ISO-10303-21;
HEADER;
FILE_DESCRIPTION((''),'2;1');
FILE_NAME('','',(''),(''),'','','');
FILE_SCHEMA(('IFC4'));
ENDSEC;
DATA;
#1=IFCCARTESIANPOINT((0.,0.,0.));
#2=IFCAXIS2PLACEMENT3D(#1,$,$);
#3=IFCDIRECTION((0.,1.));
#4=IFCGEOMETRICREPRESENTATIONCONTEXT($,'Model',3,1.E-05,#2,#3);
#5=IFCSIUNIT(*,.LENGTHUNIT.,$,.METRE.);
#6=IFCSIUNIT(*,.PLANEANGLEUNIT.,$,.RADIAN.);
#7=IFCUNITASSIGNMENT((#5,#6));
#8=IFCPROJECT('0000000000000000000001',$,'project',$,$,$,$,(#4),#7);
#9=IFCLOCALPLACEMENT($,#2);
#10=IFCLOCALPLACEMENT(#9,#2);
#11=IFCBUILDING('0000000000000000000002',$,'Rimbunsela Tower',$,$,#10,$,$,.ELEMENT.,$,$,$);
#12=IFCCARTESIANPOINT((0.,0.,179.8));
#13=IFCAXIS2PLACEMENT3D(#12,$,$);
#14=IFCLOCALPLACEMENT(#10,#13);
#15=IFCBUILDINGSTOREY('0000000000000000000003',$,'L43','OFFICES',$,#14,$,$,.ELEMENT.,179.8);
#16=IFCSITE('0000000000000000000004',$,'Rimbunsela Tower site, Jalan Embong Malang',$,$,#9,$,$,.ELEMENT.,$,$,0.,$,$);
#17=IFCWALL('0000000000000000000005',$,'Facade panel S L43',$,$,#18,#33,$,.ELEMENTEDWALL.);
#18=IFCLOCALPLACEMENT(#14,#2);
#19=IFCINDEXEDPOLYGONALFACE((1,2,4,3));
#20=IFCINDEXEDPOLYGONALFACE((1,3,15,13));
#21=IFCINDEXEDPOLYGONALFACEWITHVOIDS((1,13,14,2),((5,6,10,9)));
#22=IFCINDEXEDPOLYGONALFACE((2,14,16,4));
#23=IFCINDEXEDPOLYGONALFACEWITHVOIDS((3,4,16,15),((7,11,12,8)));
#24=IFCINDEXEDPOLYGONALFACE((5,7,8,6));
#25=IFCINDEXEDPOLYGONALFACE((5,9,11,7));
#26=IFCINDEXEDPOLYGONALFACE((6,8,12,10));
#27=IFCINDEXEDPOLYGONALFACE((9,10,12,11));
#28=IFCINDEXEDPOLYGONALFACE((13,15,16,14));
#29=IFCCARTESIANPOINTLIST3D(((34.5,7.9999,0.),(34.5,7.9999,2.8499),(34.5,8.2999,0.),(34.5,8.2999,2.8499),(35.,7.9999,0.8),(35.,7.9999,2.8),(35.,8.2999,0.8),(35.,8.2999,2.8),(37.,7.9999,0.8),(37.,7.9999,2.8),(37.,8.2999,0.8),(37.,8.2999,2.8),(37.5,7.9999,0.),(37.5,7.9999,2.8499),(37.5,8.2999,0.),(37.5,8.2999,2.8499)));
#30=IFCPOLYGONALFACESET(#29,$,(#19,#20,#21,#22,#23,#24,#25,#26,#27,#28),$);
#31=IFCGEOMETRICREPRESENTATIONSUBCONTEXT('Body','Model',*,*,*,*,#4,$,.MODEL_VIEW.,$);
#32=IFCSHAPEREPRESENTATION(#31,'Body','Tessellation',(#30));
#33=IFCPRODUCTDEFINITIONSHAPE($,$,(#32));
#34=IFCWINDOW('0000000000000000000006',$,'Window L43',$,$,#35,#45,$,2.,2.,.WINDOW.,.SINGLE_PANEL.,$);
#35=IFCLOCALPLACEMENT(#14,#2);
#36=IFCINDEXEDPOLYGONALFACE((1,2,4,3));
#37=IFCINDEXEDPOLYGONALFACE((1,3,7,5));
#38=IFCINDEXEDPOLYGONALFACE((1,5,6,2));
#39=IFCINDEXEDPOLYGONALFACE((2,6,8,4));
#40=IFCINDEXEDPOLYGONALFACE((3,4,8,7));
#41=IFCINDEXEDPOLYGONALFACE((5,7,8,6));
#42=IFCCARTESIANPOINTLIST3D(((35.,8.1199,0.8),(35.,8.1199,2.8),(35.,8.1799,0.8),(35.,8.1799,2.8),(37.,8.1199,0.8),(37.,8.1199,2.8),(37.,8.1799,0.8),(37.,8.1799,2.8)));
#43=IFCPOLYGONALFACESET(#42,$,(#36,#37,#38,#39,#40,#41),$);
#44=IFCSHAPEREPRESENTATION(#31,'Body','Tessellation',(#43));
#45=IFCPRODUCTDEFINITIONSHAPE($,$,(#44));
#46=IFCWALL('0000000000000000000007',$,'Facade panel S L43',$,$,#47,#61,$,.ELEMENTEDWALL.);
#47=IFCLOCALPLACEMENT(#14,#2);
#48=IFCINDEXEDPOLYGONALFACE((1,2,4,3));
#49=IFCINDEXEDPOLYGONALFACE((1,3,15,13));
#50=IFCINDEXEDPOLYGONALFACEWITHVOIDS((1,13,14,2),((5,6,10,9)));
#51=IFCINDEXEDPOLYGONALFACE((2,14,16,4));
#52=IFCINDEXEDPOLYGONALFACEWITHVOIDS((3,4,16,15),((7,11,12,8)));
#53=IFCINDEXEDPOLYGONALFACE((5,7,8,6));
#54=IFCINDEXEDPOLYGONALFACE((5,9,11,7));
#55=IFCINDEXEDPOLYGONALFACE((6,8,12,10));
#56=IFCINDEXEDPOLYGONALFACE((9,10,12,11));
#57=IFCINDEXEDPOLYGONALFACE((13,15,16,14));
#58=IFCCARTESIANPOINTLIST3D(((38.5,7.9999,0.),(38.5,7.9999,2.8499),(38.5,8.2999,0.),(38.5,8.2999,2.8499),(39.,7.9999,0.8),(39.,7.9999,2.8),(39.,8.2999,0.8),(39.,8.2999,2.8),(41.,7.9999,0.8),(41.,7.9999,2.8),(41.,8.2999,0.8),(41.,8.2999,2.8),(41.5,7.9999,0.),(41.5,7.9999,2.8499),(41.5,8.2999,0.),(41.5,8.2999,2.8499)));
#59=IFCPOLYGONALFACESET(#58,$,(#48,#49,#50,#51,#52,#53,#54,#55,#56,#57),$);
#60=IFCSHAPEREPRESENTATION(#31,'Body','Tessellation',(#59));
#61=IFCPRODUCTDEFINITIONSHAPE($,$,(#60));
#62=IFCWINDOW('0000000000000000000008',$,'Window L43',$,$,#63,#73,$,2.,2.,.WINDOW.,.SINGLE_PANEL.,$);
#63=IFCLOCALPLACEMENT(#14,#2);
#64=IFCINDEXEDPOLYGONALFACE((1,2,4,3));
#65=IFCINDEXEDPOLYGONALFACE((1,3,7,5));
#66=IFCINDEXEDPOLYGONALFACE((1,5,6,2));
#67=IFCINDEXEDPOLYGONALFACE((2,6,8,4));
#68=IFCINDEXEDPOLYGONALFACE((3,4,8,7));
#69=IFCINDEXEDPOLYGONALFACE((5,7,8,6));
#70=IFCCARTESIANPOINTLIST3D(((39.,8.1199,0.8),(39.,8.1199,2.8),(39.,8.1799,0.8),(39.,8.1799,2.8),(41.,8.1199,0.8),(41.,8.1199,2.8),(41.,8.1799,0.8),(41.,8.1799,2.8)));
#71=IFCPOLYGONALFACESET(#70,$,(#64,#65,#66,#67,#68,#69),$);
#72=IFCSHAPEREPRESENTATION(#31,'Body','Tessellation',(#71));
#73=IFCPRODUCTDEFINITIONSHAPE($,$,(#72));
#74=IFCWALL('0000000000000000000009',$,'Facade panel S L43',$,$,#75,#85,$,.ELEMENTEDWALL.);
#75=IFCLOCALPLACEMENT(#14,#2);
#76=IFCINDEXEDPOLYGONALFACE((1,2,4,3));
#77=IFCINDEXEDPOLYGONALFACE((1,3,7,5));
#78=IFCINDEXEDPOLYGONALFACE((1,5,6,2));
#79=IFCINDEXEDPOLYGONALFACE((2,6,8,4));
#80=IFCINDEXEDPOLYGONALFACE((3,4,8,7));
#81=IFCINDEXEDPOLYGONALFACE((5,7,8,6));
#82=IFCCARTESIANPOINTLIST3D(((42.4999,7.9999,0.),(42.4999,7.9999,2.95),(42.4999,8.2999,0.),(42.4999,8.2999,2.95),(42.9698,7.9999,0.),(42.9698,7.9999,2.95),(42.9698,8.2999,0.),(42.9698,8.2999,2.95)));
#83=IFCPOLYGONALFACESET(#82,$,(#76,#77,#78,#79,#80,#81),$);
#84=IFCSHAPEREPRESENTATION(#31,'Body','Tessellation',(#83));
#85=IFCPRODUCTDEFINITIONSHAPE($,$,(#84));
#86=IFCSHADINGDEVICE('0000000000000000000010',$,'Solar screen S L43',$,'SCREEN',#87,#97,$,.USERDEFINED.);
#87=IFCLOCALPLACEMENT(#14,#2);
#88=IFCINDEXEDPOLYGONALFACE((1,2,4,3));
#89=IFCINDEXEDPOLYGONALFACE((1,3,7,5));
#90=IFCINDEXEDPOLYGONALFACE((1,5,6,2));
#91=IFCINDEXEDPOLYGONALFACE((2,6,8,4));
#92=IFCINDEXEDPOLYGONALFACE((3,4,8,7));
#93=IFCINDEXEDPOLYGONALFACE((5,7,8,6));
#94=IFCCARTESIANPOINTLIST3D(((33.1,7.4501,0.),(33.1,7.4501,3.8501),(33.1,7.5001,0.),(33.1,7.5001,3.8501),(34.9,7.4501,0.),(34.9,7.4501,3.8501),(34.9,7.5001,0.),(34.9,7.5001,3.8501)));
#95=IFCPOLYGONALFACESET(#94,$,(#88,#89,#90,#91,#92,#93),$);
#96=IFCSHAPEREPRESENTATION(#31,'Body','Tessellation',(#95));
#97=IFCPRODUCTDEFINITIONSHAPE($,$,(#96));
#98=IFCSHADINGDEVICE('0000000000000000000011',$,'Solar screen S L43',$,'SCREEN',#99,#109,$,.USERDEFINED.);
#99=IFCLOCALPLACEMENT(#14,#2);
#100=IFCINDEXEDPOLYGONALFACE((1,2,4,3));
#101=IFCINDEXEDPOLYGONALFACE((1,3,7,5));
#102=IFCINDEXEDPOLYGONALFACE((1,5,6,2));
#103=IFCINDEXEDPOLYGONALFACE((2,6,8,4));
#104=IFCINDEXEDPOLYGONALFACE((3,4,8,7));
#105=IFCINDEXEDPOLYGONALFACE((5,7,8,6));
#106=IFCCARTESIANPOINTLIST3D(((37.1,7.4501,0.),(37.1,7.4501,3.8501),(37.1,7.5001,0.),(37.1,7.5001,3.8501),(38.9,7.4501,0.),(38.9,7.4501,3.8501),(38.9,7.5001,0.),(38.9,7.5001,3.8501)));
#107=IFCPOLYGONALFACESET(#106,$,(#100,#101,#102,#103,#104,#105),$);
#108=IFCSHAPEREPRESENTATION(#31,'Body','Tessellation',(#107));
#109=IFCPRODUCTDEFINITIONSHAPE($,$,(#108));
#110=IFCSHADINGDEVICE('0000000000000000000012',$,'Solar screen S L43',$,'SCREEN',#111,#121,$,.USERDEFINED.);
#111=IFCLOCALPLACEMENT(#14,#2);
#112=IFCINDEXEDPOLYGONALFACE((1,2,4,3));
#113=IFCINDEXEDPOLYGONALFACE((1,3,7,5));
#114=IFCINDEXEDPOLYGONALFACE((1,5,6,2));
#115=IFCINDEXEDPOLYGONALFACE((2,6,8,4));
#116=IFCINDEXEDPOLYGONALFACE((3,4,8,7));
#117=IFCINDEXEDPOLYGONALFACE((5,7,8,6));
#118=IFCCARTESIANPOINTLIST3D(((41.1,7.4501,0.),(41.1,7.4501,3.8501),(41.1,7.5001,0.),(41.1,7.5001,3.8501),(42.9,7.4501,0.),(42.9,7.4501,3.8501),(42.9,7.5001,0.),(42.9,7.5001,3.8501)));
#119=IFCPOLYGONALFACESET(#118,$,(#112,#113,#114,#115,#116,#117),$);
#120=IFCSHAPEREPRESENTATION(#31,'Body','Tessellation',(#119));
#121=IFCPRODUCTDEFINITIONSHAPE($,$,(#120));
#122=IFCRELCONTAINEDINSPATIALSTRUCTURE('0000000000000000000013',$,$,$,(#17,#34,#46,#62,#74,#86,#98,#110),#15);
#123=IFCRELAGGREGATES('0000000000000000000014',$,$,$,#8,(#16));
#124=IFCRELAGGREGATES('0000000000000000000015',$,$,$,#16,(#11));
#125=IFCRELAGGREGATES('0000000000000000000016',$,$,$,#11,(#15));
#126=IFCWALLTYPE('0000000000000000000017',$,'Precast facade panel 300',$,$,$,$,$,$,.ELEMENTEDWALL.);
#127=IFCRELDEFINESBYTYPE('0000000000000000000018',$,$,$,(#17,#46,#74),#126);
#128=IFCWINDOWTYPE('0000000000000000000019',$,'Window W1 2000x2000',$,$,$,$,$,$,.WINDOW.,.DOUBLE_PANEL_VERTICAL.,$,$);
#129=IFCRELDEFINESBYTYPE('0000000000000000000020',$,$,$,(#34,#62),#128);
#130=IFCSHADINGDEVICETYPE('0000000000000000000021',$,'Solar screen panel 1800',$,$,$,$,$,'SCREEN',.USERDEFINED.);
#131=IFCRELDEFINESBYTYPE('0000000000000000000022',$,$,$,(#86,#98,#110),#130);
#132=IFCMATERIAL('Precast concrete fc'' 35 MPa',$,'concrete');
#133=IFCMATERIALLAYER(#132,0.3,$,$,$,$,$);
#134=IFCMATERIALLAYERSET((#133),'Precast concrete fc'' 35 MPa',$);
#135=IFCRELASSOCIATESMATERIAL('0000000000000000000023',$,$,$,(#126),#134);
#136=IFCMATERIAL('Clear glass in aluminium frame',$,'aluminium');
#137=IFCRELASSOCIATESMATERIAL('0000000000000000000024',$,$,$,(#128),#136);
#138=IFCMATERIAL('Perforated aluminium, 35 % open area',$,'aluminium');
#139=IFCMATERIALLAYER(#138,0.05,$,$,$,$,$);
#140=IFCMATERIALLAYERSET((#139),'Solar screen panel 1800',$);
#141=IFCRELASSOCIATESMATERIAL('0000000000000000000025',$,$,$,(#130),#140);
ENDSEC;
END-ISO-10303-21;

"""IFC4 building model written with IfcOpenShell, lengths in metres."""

from ifc_helpers import new_model, si_unit, direction, frame, frame_2d, origin, origin_2d, place, context, subcontext, project, spatial, rectangle, extrude, material, layer, layer_set, type_object, element, fill, save


model = new_model("IFC4")

# Units and contexts
model_context = context("Model", 3, precision=1e-05, world=origin(), true_north=direction((0.0, 1.0)))
body_context = subcontext(model_context, "Body", "Model", "MODEL_VIEW")
ifc_project = project(units=[si_unit("LENGTHUNIT", "METRE"), si_unit("PLANEANGLEUNIT", "RADIAN")], contexts=[model_context])

# Site, building, storey
site_placement = place(None, origin())
site = spatial("IfcSite", under=ifc_project, at=site_placement, Name="Rimbunsela Tower site, Jalan Embong Malang", CompositionType="ELEMENT", RefElevation=0.0)
building_placement = place(site_placement, origin())
building = spatial("IfcBuilding", under=site, at=building_placement, Name="Rimbunsela Tower", CompositionType="ELEMENT")
storey_placement = place(building_placement, frame((0.0, 0.0, 179.8)))
storey = spatial("IfcBuildingStorey", under=building, at=storey_placement, Name="L43", Description="OFFICES", CompositionType="ELEMENT", Elevation=179.8)

# Walls, openings, windows
ifc_material_1 = material(Name="Precast concrete fc' 35 MPa", Category="concrete")
ifc_layer_1 = layer(ifc_material_1, 0.3)
ifc_layer_set_1 = layer_set([ifc_layer_1], Name="Precast concrete fc' 35 MPa")
wall_type = type_object("IfcWallType", Name="Precast facade panel 300", PredefinedType="ELEMENTEDWALL", material=ifc_layer_set_1)
wall_1_placement = place(storey_placement, frame((34.5, 8.1499, 0.0), z_axis=(0.0, 0.0, 1.0), x_axis=(1.0, 0.0, 0.0)))
wall_1 = element("IfcWall", 1, at=wall_1_placement, inside=storey, type_object=wall_type, Name="Facade panel S L43", PredefinedType="ELEMENTEDWALL", context=body_context, shape_type="SweptSolid", body=[
    extrude(rectangle(XDim=3.0, YDim=0.3, at=frame_2d((1.5, 0.0))), origin(), (0.0, 0.0, 1.0), 2.8499),
])
opening_1_placement = place(wall_1_placement, frame((0.5, 0.0, 0.8)))
opening_1 = element("IfcOpeningElement", 2, at=opening_1_placement, cuts=wall_1, PredefinedType="OPENING", context=body_context, shape_type="SweptSolid", body=[
    extrude(rectangle(XDim=2.0, YDim=2.0, at=frame_2d((1.0, 1.0))), frame((0.0, 0.1599, 0.0), z_axis=(0.0, -1.0, 0.0), x_axis=(1.0, 0.0, 0.0)), (0.0, 0.0, 1.0), 0.3201),
])
ifc_material_2 = material(Name="Clear glass in aluminium frame", Category="aluminium")
window_type = type_object("IfcWindowType", Name="Window W1 2000x2000", PartitioningType="DOUBLE_PANEL_VERTICAL", PredefinedType="WINDOW", material=ifc_material_2)
window_1_placement = place(opening_1_placement, origin())
window_1 = element("IfcWindow", 3, at=window_1_placement, inside=storey, type_object=window_type, Name="Window L43", OverallHeight=2.0, OverallWidth=2.0, PartitioningType="SINGLE_PANEL", PredefinedType="WINDOW", context=body_context, shape_type="SweptSolid", body=[
    extrude(rectangle(XDim=2.0, YDim=2.0, at=frame_2d((1.0, 1.0))), frame((0.0, 0.03, 0.0), z_axis=(0.0, -1.0, 0.0), x_axis=(1.0, 0.0, 0.0)), (0.0, 0.0, 1.0), 0.0601),
])
fill(opening_1, window_1)
wall_2_placement = place(storey_placement, frame((38.5, 8.1499, 0.0), z_axis=(0.0, 0.0, 1.0), x_axis=(1.0, 0.0, 0.0)))
wall_2 = element("IfcWall", 4, at=wall_2_placement, inside=storey, type_object=wall_type, Name="Facade panel S L43", PredefinedType="ELEMENTEDWALL", context=body_context, shape_type="SweptSolid", body=[
    extrude(rectangle(XDim=3.0, YDim=0.3, at=frame_2d((1.5, 0.0))), origin(), (0.0, 0.0, 1.0), 2.8499),
])
opening_2_placement = place(wall_2_placement, frame((0.5, 0.0, 0.8)))
opening_2 = element("IfcOpeningElement", 5, at=opening_2_placement, cuts=wall_2, PredefinedType="OPENING", context=body_context, shape_type="SweptSolid", body=[
    extrude(rectangle(XDim=2.0, YDim=2.0, at=frame_2d((1.0, 1.0))), frame((0.0, 0.1599, 0.0), z_axis=(0.0, -1.0, 0.0), x_axis=(1.0, 0.0, 0.0)), (0.0, 0.0, 1.0), 0.3201),
])
window_2_placement = place(opening_2_placement, origin())
window_2 = element("IfcWindow", 6, at=window_2_placement, inside=storey, type_object=window_type, Name="Window L43", OverallHeight=2.0, OverallWidth=2.0, PartitioningType="SINGLE_PANEL", PredefinedType="WINDOW", context=body_context, shape_type="SweptSolid", body=[
    extrude(rectangle(XDim=2.0, YDim=2.0, at=frame_2d((1.0, 1.0))), frame((0.0, 0.03, 0.0), z_axis=(0.0, -1.0, 0.0), x_axis=(1.0, 0.0, 0.0)), (0.0, 0.0, 1.0), 0.0601),
])
fill(opening_2, window_2)

# Wall
wall_3_placement = place(storey_placement, frame((42.5, 8.1499, 0.0), z_axis=(0.0, 0.0, 1.0), x_axis=(1.0, 0.0, 0.0)))
element("IfcWall", 7, at=wall_3_placement, inside=storey, type_object=wall_type, Name="Facade panel S L43", PredefinedType="ELEMENTEDWALL", context=body_context, shape_type="SweptSolid", body=[
    extrude(rectangle(XDim=0.47, YDim=0.3, at=frame_2d((0.2349, 0.0))), origin(), (0.0, 0.0, 1.0), 2.95),
])

# Shading devices
ifc_material_3 = material(Name="Perforated aluminium, 35 % open area", Category="aluminium")
ifc_layer_2 = layer(ifc_material_3, 0.05)
ifc_layer_set_2 = layer_set([ifc_layer_2], Name="Solar screen panel 1800")
shading_device_type = type_object("IfcShadingDeviceType", Name="Solar screen panel 1800", ElementType="SCREEN", PredefinedType="USERDEFINED", material=ifc_layer_set_2)
for number, where, z_axis, x_axis, name in (
    (8, (34.0, 7.4751, 0.0), (0.0, 0.0, 1.0), (1.0, 0.0, 0.0), "Solar screen S L43"),
    (9, (38.0, 7.4751, 0.0), (0.0, 0.0, 1.0), (1.0, 0.0, 0.0), "Solar screen S L43"),
    (10, (42.0, 7.4751, 0.0), (0.0, 0.0, 1.0), (1.0, 0.0, 0.0), "Solar screen S L43"),
):
    element("IfcShadingDevice", number, at=place(storey_placement, frame(where, z_axis=z_axis, x_axis=x_axis)), inside=storey, type_object=shading_device_type, Name=name, ObjectType="SCREEN", PredefinedType="USERDEFINED", context=body_context, shape_type="SweptSolid", body=[
        extrude(rectangle(XDim=1.8, YDim=0.05, at=origin_2d()), origin(), (0.0, 0.0, 1.0), 3.8501),
    ])

save(model, "model.ifc")
